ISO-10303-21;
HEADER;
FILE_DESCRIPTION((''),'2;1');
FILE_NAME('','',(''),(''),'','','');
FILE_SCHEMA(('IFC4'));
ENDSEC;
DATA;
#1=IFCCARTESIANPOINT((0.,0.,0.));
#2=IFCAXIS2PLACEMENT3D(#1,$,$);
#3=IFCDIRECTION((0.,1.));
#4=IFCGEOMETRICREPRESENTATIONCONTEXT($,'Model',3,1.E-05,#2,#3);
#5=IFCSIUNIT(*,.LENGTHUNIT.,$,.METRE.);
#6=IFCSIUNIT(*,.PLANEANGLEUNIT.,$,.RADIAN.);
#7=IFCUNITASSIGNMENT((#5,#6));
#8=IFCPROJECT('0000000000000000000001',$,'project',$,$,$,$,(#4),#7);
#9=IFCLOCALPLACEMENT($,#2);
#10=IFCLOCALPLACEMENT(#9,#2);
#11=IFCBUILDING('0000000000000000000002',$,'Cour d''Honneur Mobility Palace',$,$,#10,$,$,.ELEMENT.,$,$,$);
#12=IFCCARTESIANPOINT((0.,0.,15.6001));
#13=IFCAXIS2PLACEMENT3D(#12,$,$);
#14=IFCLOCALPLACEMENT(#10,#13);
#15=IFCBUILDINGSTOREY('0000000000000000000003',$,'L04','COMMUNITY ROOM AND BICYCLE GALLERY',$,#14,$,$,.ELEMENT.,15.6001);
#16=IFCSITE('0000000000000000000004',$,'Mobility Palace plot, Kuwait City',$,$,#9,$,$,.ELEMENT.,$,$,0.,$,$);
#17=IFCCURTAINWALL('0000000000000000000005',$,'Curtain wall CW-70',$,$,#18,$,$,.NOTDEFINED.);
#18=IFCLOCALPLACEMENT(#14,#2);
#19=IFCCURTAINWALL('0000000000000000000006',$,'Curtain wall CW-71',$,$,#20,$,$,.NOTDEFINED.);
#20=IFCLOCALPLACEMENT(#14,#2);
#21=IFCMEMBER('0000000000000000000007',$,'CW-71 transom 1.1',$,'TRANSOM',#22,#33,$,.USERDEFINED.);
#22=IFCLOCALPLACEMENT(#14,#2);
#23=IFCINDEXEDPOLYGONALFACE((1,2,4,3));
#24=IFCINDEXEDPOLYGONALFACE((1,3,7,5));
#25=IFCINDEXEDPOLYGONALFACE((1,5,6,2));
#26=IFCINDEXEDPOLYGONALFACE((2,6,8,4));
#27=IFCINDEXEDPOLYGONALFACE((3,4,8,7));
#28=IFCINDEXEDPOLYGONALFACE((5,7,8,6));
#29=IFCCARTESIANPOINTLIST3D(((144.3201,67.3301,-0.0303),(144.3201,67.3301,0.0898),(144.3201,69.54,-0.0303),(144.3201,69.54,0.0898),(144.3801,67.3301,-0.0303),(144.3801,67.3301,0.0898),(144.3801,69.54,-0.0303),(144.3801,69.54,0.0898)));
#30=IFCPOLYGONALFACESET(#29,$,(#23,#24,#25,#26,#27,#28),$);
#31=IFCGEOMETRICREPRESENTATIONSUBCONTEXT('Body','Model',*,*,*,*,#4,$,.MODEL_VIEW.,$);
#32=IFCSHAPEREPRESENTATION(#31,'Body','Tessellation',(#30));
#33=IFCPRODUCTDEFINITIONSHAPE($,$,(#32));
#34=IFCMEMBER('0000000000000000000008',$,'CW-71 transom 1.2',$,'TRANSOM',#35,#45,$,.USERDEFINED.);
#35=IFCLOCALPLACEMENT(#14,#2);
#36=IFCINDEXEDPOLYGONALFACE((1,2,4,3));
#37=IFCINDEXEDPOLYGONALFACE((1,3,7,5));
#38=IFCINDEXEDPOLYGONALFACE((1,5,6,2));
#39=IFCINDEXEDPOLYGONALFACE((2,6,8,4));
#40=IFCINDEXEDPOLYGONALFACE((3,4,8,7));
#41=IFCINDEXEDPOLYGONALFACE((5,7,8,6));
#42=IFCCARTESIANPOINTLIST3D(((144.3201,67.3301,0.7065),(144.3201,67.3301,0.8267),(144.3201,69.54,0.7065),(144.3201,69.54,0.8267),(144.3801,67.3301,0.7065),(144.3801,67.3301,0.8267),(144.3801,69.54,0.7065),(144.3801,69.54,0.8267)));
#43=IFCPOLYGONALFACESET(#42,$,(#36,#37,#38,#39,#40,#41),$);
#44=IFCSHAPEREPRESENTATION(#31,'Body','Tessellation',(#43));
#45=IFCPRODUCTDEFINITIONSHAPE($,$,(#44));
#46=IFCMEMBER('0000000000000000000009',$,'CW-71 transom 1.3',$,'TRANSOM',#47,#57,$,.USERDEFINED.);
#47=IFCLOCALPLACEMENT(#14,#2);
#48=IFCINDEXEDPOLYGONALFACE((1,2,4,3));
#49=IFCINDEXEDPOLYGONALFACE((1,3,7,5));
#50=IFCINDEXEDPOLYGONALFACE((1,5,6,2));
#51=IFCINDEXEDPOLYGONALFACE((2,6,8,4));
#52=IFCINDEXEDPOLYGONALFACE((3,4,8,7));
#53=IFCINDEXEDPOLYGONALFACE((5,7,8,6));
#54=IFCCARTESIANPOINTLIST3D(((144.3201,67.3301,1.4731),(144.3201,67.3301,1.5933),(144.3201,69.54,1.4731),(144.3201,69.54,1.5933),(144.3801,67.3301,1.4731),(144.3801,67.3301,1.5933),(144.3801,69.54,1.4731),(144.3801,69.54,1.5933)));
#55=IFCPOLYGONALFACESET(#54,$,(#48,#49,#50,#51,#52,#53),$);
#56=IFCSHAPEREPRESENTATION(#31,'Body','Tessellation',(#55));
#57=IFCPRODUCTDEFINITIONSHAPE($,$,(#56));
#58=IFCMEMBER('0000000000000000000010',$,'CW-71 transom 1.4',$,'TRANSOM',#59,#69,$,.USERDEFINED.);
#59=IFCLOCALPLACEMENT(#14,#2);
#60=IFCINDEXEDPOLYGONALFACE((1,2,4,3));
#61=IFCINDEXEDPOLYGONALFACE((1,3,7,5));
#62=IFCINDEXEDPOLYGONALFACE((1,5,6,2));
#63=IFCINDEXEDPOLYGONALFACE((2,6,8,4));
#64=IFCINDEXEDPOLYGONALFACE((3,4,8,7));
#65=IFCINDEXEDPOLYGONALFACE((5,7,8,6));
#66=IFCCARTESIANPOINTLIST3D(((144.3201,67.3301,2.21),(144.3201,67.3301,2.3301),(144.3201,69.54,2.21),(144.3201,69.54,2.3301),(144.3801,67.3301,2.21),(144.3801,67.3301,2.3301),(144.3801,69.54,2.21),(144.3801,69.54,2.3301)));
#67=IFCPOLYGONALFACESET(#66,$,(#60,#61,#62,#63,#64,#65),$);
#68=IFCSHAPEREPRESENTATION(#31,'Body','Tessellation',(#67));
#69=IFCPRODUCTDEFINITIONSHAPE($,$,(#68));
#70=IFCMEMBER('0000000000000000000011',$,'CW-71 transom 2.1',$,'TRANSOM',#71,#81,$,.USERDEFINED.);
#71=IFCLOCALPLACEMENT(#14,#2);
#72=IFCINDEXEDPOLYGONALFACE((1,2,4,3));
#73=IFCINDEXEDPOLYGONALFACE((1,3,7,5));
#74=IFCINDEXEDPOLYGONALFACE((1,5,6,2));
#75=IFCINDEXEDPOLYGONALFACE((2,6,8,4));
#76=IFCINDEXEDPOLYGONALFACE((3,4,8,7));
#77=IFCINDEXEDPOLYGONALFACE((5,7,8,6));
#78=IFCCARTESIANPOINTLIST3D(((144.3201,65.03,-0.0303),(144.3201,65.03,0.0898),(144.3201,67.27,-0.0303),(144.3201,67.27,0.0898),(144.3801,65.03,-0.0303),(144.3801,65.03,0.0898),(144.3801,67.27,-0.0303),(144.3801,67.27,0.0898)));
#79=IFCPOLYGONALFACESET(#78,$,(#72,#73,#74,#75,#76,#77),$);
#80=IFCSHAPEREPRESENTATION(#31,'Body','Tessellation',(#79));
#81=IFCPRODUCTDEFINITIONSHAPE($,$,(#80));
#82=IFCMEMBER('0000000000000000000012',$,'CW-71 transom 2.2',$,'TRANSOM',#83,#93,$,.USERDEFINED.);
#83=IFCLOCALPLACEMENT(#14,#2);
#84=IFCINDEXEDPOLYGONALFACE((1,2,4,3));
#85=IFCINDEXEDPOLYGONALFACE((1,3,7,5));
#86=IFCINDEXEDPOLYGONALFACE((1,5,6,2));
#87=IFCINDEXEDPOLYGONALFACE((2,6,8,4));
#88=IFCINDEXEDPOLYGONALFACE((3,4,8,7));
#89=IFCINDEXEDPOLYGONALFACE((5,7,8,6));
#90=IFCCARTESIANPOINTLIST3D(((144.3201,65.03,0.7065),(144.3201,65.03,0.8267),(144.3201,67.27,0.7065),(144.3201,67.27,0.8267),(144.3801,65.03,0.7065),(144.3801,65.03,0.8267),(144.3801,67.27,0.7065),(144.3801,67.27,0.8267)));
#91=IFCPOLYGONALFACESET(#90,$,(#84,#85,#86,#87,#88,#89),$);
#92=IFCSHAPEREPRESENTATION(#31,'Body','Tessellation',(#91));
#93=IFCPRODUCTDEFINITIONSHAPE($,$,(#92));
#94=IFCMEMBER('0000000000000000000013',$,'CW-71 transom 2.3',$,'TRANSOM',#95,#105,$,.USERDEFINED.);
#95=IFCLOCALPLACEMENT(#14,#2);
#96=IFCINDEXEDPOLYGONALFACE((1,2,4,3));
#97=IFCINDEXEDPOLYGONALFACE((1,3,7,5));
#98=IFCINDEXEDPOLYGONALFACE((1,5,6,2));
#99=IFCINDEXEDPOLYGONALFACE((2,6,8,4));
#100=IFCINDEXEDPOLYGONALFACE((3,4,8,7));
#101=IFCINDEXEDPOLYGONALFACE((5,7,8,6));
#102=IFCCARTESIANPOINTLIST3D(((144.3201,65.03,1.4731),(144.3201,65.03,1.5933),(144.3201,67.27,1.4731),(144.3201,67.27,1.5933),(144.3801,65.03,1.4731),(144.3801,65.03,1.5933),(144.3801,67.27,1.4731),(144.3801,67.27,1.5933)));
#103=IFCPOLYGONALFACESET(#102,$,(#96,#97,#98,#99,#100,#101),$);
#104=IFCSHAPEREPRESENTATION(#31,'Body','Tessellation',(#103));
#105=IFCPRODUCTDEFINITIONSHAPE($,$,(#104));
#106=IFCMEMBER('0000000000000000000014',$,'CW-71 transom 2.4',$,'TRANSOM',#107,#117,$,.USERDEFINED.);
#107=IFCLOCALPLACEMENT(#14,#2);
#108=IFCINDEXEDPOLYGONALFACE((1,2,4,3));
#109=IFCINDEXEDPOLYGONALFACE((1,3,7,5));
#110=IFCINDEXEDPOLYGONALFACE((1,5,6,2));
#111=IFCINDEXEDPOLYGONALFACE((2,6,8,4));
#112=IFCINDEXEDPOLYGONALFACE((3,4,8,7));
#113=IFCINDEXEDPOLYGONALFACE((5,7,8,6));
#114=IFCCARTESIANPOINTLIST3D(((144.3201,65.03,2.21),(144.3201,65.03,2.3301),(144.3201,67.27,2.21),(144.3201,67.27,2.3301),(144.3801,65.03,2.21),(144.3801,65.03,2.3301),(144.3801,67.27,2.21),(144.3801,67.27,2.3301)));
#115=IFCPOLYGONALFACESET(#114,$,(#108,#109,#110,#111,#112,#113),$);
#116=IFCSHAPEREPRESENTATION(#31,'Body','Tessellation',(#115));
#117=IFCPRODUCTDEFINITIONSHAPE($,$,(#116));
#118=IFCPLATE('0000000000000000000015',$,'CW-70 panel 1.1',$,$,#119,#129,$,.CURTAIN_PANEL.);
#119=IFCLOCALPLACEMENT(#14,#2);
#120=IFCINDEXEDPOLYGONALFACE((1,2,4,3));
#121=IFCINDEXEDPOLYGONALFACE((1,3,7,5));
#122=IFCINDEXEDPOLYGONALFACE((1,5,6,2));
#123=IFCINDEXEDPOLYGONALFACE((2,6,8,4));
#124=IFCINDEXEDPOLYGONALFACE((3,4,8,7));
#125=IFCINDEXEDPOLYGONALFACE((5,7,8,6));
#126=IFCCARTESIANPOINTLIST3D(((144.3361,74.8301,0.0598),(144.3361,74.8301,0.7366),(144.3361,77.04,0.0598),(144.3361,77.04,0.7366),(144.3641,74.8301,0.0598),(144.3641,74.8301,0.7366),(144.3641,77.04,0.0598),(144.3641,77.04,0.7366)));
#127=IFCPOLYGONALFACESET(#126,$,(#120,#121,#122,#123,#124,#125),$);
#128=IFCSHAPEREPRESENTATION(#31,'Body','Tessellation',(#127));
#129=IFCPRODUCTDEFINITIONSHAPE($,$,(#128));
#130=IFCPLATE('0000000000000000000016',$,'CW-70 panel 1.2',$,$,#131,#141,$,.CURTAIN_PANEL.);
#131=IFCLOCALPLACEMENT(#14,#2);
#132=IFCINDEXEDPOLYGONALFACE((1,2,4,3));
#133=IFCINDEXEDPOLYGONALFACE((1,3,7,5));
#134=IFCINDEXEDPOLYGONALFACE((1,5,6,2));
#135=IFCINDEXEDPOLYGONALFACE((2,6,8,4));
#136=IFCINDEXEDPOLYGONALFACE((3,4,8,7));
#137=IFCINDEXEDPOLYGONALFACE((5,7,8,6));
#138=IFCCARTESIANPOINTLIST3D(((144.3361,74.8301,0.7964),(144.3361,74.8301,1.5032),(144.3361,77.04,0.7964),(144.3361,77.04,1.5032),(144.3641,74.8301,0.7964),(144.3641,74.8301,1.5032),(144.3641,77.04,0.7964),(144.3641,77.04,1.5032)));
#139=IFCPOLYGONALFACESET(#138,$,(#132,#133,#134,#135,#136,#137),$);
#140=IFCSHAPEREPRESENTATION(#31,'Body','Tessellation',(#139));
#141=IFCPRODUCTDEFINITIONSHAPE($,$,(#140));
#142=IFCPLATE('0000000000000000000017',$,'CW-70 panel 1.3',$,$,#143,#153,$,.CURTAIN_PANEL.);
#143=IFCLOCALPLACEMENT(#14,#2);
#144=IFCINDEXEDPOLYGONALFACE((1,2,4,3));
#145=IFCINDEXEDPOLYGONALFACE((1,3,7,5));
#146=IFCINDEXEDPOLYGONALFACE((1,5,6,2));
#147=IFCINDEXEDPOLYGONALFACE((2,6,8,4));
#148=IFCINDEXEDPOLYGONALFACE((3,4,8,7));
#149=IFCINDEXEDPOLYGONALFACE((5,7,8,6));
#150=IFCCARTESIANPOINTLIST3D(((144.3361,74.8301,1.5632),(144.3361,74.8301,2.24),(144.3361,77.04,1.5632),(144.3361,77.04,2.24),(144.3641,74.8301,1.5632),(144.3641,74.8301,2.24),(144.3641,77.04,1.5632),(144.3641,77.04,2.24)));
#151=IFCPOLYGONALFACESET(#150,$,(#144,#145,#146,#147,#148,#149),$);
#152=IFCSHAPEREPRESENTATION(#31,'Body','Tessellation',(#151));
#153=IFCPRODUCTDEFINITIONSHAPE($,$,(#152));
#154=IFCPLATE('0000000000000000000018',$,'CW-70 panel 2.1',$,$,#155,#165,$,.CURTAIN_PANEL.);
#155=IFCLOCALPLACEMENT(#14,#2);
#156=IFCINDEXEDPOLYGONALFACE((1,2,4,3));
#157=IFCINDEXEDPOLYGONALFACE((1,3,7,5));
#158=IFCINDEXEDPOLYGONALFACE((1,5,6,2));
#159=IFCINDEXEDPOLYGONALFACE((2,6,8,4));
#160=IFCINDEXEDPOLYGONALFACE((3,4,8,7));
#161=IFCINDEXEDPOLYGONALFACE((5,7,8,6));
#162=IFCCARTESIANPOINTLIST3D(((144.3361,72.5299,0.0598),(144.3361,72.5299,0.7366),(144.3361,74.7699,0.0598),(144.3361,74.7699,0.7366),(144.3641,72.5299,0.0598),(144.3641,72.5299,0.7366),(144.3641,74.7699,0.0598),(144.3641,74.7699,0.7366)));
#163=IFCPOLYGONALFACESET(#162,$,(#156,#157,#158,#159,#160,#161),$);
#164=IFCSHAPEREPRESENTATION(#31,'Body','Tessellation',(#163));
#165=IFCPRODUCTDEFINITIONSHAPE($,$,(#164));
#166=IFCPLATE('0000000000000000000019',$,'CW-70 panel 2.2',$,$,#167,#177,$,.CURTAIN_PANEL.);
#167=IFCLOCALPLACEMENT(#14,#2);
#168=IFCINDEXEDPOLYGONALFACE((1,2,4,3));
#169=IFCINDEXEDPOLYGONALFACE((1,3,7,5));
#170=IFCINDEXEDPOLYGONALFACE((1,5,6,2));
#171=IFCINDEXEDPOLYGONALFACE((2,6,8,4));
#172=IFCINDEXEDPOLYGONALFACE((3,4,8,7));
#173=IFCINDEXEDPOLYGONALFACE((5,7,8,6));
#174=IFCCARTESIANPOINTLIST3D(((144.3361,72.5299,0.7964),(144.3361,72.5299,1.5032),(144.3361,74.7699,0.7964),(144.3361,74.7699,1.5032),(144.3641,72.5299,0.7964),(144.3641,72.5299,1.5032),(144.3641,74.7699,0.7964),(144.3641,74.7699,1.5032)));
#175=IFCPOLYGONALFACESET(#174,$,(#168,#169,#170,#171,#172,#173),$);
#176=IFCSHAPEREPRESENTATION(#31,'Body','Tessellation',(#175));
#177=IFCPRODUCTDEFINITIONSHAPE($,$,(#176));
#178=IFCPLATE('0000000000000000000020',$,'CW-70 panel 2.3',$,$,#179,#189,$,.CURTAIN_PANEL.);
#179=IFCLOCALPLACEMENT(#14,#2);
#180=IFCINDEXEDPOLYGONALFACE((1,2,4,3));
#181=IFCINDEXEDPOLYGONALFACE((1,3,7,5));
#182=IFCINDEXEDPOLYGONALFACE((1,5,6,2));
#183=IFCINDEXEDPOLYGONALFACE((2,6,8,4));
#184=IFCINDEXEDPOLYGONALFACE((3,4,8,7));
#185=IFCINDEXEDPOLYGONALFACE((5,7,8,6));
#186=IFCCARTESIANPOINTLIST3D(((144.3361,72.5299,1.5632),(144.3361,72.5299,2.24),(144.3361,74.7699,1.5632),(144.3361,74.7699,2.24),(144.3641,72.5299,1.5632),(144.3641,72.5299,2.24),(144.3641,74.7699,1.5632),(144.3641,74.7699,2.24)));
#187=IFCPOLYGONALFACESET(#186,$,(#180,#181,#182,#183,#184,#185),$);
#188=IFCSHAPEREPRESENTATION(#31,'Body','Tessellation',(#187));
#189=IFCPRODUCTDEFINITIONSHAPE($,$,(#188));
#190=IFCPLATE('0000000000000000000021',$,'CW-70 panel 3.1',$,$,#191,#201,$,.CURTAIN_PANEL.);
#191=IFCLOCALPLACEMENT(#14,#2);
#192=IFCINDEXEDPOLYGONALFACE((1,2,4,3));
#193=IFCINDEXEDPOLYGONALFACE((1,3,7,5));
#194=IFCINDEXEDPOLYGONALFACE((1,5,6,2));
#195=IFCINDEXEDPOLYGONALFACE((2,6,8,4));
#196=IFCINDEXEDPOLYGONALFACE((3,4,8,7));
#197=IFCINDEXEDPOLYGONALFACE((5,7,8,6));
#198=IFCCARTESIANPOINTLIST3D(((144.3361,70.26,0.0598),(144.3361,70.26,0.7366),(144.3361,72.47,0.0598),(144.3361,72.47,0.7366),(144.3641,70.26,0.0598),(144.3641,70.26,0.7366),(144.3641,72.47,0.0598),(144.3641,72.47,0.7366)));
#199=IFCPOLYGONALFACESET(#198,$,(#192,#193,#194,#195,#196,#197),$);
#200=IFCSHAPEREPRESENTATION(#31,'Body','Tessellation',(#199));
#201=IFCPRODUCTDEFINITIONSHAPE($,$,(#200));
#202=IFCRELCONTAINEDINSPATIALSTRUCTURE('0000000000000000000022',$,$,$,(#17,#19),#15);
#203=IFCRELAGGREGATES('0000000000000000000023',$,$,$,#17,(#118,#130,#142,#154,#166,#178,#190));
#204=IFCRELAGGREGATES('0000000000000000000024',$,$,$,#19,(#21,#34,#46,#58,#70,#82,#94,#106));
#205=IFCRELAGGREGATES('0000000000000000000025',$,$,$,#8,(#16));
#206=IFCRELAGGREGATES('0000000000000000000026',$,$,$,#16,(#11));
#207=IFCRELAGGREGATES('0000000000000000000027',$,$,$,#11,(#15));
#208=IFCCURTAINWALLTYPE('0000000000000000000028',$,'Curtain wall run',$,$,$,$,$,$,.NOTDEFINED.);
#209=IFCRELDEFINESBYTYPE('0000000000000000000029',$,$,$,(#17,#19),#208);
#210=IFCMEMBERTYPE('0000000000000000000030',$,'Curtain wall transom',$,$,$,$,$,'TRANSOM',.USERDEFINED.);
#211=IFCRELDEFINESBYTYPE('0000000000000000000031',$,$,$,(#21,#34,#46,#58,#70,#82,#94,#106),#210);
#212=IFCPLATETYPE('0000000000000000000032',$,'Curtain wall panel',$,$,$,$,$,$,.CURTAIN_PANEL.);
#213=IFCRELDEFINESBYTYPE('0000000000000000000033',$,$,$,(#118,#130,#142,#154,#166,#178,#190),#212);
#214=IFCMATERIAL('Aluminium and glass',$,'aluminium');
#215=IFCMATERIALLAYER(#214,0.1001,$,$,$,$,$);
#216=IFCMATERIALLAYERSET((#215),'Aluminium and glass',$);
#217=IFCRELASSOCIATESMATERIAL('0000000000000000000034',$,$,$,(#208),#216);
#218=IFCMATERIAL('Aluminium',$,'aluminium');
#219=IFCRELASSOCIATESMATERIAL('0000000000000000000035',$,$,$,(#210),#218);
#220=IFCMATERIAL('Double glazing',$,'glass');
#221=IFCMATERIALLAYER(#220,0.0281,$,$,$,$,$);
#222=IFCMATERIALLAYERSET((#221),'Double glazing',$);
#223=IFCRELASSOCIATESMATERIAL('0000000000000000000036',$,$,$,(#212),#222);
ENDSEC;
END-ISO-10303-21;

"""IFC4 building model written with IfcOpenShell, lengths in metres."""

from ifc_helpers import new_model, si_unit, direction, frame, origin, origin_2d, place, context, subcontext, project, spatial, rectangle, extrude, material, layer, layer_set, material_profile, profile_set, type_object, element, aggregate, save


model = new_model("IFC4")

# Units and contexts
model_context = context("Model", 3, precision=1e-05, world=origin(), true_north=direction((0.0, 1.0)))
body_context = subcontext(model_context, "Body", "Model", "MODEL_VIEW")
ifc_project = project(units=[si_unit("LENGTHUNIT", "METRE"), si_unit("PLANEANGLEUNIT", "RADIAN")], contexts=[model_context])

# Site, building, storey
site_placement = place(None, origin())
site = spatial("IfcSite", under=ifc_project, at=site_placement, Name="Mobility Palace plot, Kuwait City", CompositionType="ELEMENT", RefElevation=0.0)
building_placement = place(site_placement, origin())
building = spatial("IfcBuilding", under=site, at=building_placement, Name="Cour d'Honneur Mobility Palace", CompositionType="ELEMENT")
storey_placement = place(building_placement, frame((0.0, 0.0, 15.6001)))
storey = spatial("IfcBuildingStorey", under=building, at=storey_placement, Name="L04", Description="COMMUNITY ROOM AND BICYCLE GALLERY", CompositionType="ELEMENT", Elevation=15.6001)

# Curtain walls
ifc_material_1 = material(Name="Aluminium and glass", Category="aluminium")
ifc_layer_1 = layer(ifc_material_1, 0.1001)
ifc_layer_set_1 = layer_set([ifc_layer_1], Name="Aluminium and glass")
curtain_wall_type = type_object("IfcCurtainWallType", Name="Curtain wall run", PredefinedType="NOTDEFINED", material=ifc_layer_set_1)
curtain_wall_1_placement = place(storey_placement, origin())
curtain_wall_1 = element("IfcCurtainWall", 1, at=curtain_wall_1_placement, inside=storey, type_object=curtain_wall_type, Name="Curtain wall CW-70", PredefinedType="NOTDEFINED")
curtain_wall_2_placement = place(storey_placement, origin())
curtain_wall_2 = element("IfcCurtainWall", 2, at=curtain_wall_2_placement, inside=storey, type_object=curtain_wall_type, Name="Curtain wall CW-71", PredefinedType="NOTDEFINED")

# Members
ifc_material_2 = material(Name="Aluminium", Category="aluminium")
ifc_material_profile_1 = material_profile(ifc_material_2, rectangle(XDim=0.0601, YDim=0.1201, at=origin_2d()), Name="Curtain wall transom")
ifc_profile_set_1 = profile_set([ifc_material_profile_1], Name="Aluminium")
member_type_1 = type_object("IfcMemberType", Name="Curtain wall transom", ElementType="TRANSOM", PredefinedType="USERDEFINED", material=ifc_profile_set_1)
member_1_placement = place(storey_placement, frame((144.3501, 69.54, 0.0298), z_axis=(0.0, -1.0, 0.0), x_axis=(1.0, 0.0, 0.0)))
member_1 = element("IfcMember", 3, at=member_1_placement, type_object=member_type_1, Name="CW-71 transom 1.1", ObjectType="TRANSOM", PredefinedType="USERDEFINED", context=body_context, shape_type="SweptSolid", body=[
    extrude(rectangle(XDim=0.0601, YDim=0.1201, at=origin_2d()), origin(), (0.0, 0.0, 1.0), 2.21),
])
member_2_placement = place(storey_placement, frame((144.3501, 69.54, 0.7666), z_axis=(0.0, -1.0, 0.0), x_axis=(1.0, 0.0, 0.0)))
member_2 = element("IfcMember", 4, at=member_2_placement, type_object=member_type_1, Name="CW-71 transom 1.2", ObjectType="TRANSOM", PredefinedType="USERDEFINED", context=body_context, shape_type="SweptSolid", body=[
    extrude(rectangle(XDim=0.0601, YDim=0.1201, at=origin_2d()), origin(), (0.0, 0.0, 1.0), 2.21),
])
member_3_placement = place(storey_placement, frame((144.3501, 69.54, 1.5332), z_axis=(0.0, -1.0, 0.0), x_axis=(1.0, 0.0, 0.0)))
member_3 = element("IfcMember", 5, at=member_3_placement, type_object=member_type_1, Name="CW-71 transom 1.3", ObjectType="TRANSOM", PredefinedType="USERDEFINED", context=body_context, shape_type="SweptSolid", body=[
    extrude(rectangle(XDim=0.0601, YDim=0.1201, at=origin_2d()), origin(), (0.0, 0.0, 1.0), 2.21),
])
member_4_placement = place(storey_placement, frame((144.3501, 69.54, 2.27), z_axis=(0.0, -1.0, 0.0), x_axis=(1.0, 0.0, 0.0)))
member_4 = element("IfcMember", 6, at=member_4_placement, type_object=member_type_1, Name="CW-71 transom 1.4", ObjectType="TRANSOM", PredefinedType="USERDEFINED", context=body_context, shape_type="SweptSolid", body=[
    extrude(rectangle(XDim=0.0601, YDim=0.1201, at=origin_2d()), origin(), (0.0, 0.0, 1.0), 2.21),
])
member_5_placement = place(storey_placement, frame((144.3501, 67.27, 0.0298), z_axis=(0.0, -1.0, 0.0), x_axis=(1.0, 0.0, 0.0)))
member_5 = element("IfcMember", 7, at=member_5_placement, type_object=member_type_1, Name="CW-71 transom 2.1", ObjectType="TRANSOM", PredefinedType="USERDEFINED", context=body_context, shape_type="SweptSolid", body=[
    extrude(rectangle(XDim=0.0601, YDim=0.1201, at=origin_2d()), origin(), (0.0, 0.0, 1.0), 2.24),
])
member_6_placement = place(storey_placement, frame((144.3501, 67.27, 0.7666), z_axis=(0.0, -1.0, 0.0), x_axis=(1.0, 0.0, 0.0)))
member_6 = element("IfcMember", 8, at=member_6_placement, type_object=member_type_1, Name="CW-71 transom 2.2", ObjectType="TRANSOM", PredefinedType="USERDEFINED", context=body_context, shape_type="SweptSolid", body=[
    extrude(rectangle(XDim=0.0601, YDim=0.1201, at=origin_2d()), origin(), (0.0, 0.0, 1.0), 2.24),
])
member_7_placement = place(storey_placement, frame((144.3501, 67.27, 1.5332), z_axis=(0.0, -1.0, 0.0), x_axis=(1.0, 0.0, 0.0)))
member_7 = element("IfcMember", 9, at=member_7_placement, type_object=member_type_1, Name="CW-71 transom 2.3", ObjectType="TRANSOM", PredefinedType="USERDEFINED", context=body_context, shape_type="SweptSolid", body=[
    extrude(rectangle(XDim=0.0601, YDim=0.1201, at=origin_2d()), origin(), (0.0, 0.0, 1.0), 2.24),
])
member_8_placement = place(storey_placement, frame((144.3501, 67.27, 2.27), z_axis=(0.0, -1.0, 0.0), x_axis=(1.0, 0.0, 0.0)))
member_8 = element("IfcMember", 10, at=member_8_placement, type_object=member_type_1, Name="CW-71 transom 2.4", ObjectType="TRANSOM", PredefinedType="USERDEFINED", context=body_context, shape_type="SweptSolid", body=[
    extrude(rectangle(XDim=0.0601, YDim=0.1201, at=origin_2d()), origin(), (0.0, 0.0, 1.0), 2.24),
])

# Plates
ifc_material_3 = material(Name="Double glazing", Category="glass")
ifc_layer_2 = layer(ifc_material_3, 0.0281)
ifc_layer_set_2 = layer_set([ifc_layer_2], Name="Double glazing")
plate_type = type_object("IfcPlateType", Name="Curtain wall panel", PredefinedType="CURTAIN_PANEL", material=ifc_layer_set_2)
plate_1_placement = place(storey_placement, frame((144.3501, 75.9351, 0.0598), z_axis=(0.0, 0.0, 1.0), x_axis=(0.0, -1.0, 0.0)))
plate_1 = element("IfcPlate", 11, at=plate_1_placement, type_object=plate_type, Name="CW-70 panel 1.1", PredefinedType="CURTAIN_PANEL", context=body_context, shape_type="SweptSolid", body=[
    extrude(rectangle(XDim=2.21, YDim=0.0281, at=origin_2d()), origin(), (0.0, 0.0, 1.0), 0.6768),
])
plate_2_placement = place(storey_placement, frame((144.3501, 75.9351, 0.7964), z_axis=(0.0, 0.0, 1.0), x_axis=(0.0, -1.0, 0.0)))
plate_2 = element("IfcPlate", 12, at=plate_2_placement, type_object=plate_type, Name="CW-70 panel 1.2", PredefinedType="CURTAIN_PANEL", context=body_context, shape_type="SweptSolid", body=[
    extrude(rectangle(XDim=2.21, YDim=0.0281, at=origin_2d()), origin(), (0.0, 0.0, 1.0), 0.7068),
])
plate_3_placement = place(storey_placement, frame((144.3501, 75.9351, 1.5632), z_axis=(0.0, 0.0, 1.0), x_axis=(0.0, -1.0, 0.0)))
plate_3 = element("IfcPlate", 13, at=plate_3_placement, type_object=plate_type, Name="CW-70 panel 1.3", PredefinedType="CURTAIN_PANEL", context=body_context, shape_type="SweptSolid", body=[
    extrude(rectangle(XDim=2.21, YDim=0.0281, at=origin_2d()), origin(), (0.0, 0.0, 1.0), 0.6768),
])
plate_4_placement = place(storey_placement, frame((144.3501, 73.6499, 0.0598), z_axis=(0.0, 0.0, 1.0), x_axis=(0.0, -1.0, 0.0)))
plate_4 = element("IfcPlate", 14, at=plate_4_placement, type_object=plate_type, Name="CW-70 panel 2.1", PredefinedType="CURTAIN_PANEL", context=body_context, shape_type="SweptSolid", body=[
    extrude(rectangle(XDim=2.24, YDim=0.0281, at=origin_2d()), origin(), (0.0, 0.0, 1.0), 0.6768),
])
plate_5_placement = place(storey_placement, frame((144.3501, 73.6499, 0.7964), z_axis=(0.0, 0.0, 1.0), x_axis=(0.0, -1.0, 0.0)))
plate_5 = element("IfcPlate", 15, at=plate_5_placement, type_object=plate_type, Name="CW-70 panel 2.2", PredefinedType="CURTAIN_PANEL", context=body_context, shape_type="SweptSolid", body=[
    extrude(rectangle(XDim=2.24, YDim=0.0281, at=origin_2d()), origin(), (0.0, 0.0, 1.0), 0.7068),
])
plate_6_placement = place(storey_placement, frame((144.3501, 73.6499, 1.5632), z_axis=(0.0, 0.0, 1.0), x_axis=(0.0, -1.0, 0.0)))
plate_6 = element("IfcPlate", 16, at=plate_6_placement, type_object=plate_type, Name="CW-70 panel 2.3", PredefinedType="CURTAIN_PANEL", context=body_context, shape_type="SweptSolid", body=[
    extrude(rectangle(XDim=2.24, YDim=0.0281, at=origin_2d()), origin(), (0.0, 0.0, 1.0), 0.6768),
])
plate_7_placement = place(storey_placement, frame((144.3501, 71.365, 0.0598), z_axis=(0.0, 0.0, 1.0), x_axis=(0.0, -1.0, 0.0)))
plate_7 = element("IfcPlate", 17, at=plate_7_placement, type_object=plate_type, Name="CW-70 panel 3.1", PredefinedType="CURTAIN_PANEL", context=body_context, shape_type="SweptSolid", body=[
    extrude(rectangle(XDim=2.21, YDim=0.0281, at=origin_2d()), origin(), (0.0, 0.0, 1.0), 0.6768),
])
aggregate(curtain_wall_1, [plate_1, plate_2, plate_3, plate_4, plate_5, plate_6, plate_7])
aggregate(curtain_wall_2, [member_1, member_2, member_3, member_4, member_5, member_6, member_7, member_8])

save(model, "model.ifc")
